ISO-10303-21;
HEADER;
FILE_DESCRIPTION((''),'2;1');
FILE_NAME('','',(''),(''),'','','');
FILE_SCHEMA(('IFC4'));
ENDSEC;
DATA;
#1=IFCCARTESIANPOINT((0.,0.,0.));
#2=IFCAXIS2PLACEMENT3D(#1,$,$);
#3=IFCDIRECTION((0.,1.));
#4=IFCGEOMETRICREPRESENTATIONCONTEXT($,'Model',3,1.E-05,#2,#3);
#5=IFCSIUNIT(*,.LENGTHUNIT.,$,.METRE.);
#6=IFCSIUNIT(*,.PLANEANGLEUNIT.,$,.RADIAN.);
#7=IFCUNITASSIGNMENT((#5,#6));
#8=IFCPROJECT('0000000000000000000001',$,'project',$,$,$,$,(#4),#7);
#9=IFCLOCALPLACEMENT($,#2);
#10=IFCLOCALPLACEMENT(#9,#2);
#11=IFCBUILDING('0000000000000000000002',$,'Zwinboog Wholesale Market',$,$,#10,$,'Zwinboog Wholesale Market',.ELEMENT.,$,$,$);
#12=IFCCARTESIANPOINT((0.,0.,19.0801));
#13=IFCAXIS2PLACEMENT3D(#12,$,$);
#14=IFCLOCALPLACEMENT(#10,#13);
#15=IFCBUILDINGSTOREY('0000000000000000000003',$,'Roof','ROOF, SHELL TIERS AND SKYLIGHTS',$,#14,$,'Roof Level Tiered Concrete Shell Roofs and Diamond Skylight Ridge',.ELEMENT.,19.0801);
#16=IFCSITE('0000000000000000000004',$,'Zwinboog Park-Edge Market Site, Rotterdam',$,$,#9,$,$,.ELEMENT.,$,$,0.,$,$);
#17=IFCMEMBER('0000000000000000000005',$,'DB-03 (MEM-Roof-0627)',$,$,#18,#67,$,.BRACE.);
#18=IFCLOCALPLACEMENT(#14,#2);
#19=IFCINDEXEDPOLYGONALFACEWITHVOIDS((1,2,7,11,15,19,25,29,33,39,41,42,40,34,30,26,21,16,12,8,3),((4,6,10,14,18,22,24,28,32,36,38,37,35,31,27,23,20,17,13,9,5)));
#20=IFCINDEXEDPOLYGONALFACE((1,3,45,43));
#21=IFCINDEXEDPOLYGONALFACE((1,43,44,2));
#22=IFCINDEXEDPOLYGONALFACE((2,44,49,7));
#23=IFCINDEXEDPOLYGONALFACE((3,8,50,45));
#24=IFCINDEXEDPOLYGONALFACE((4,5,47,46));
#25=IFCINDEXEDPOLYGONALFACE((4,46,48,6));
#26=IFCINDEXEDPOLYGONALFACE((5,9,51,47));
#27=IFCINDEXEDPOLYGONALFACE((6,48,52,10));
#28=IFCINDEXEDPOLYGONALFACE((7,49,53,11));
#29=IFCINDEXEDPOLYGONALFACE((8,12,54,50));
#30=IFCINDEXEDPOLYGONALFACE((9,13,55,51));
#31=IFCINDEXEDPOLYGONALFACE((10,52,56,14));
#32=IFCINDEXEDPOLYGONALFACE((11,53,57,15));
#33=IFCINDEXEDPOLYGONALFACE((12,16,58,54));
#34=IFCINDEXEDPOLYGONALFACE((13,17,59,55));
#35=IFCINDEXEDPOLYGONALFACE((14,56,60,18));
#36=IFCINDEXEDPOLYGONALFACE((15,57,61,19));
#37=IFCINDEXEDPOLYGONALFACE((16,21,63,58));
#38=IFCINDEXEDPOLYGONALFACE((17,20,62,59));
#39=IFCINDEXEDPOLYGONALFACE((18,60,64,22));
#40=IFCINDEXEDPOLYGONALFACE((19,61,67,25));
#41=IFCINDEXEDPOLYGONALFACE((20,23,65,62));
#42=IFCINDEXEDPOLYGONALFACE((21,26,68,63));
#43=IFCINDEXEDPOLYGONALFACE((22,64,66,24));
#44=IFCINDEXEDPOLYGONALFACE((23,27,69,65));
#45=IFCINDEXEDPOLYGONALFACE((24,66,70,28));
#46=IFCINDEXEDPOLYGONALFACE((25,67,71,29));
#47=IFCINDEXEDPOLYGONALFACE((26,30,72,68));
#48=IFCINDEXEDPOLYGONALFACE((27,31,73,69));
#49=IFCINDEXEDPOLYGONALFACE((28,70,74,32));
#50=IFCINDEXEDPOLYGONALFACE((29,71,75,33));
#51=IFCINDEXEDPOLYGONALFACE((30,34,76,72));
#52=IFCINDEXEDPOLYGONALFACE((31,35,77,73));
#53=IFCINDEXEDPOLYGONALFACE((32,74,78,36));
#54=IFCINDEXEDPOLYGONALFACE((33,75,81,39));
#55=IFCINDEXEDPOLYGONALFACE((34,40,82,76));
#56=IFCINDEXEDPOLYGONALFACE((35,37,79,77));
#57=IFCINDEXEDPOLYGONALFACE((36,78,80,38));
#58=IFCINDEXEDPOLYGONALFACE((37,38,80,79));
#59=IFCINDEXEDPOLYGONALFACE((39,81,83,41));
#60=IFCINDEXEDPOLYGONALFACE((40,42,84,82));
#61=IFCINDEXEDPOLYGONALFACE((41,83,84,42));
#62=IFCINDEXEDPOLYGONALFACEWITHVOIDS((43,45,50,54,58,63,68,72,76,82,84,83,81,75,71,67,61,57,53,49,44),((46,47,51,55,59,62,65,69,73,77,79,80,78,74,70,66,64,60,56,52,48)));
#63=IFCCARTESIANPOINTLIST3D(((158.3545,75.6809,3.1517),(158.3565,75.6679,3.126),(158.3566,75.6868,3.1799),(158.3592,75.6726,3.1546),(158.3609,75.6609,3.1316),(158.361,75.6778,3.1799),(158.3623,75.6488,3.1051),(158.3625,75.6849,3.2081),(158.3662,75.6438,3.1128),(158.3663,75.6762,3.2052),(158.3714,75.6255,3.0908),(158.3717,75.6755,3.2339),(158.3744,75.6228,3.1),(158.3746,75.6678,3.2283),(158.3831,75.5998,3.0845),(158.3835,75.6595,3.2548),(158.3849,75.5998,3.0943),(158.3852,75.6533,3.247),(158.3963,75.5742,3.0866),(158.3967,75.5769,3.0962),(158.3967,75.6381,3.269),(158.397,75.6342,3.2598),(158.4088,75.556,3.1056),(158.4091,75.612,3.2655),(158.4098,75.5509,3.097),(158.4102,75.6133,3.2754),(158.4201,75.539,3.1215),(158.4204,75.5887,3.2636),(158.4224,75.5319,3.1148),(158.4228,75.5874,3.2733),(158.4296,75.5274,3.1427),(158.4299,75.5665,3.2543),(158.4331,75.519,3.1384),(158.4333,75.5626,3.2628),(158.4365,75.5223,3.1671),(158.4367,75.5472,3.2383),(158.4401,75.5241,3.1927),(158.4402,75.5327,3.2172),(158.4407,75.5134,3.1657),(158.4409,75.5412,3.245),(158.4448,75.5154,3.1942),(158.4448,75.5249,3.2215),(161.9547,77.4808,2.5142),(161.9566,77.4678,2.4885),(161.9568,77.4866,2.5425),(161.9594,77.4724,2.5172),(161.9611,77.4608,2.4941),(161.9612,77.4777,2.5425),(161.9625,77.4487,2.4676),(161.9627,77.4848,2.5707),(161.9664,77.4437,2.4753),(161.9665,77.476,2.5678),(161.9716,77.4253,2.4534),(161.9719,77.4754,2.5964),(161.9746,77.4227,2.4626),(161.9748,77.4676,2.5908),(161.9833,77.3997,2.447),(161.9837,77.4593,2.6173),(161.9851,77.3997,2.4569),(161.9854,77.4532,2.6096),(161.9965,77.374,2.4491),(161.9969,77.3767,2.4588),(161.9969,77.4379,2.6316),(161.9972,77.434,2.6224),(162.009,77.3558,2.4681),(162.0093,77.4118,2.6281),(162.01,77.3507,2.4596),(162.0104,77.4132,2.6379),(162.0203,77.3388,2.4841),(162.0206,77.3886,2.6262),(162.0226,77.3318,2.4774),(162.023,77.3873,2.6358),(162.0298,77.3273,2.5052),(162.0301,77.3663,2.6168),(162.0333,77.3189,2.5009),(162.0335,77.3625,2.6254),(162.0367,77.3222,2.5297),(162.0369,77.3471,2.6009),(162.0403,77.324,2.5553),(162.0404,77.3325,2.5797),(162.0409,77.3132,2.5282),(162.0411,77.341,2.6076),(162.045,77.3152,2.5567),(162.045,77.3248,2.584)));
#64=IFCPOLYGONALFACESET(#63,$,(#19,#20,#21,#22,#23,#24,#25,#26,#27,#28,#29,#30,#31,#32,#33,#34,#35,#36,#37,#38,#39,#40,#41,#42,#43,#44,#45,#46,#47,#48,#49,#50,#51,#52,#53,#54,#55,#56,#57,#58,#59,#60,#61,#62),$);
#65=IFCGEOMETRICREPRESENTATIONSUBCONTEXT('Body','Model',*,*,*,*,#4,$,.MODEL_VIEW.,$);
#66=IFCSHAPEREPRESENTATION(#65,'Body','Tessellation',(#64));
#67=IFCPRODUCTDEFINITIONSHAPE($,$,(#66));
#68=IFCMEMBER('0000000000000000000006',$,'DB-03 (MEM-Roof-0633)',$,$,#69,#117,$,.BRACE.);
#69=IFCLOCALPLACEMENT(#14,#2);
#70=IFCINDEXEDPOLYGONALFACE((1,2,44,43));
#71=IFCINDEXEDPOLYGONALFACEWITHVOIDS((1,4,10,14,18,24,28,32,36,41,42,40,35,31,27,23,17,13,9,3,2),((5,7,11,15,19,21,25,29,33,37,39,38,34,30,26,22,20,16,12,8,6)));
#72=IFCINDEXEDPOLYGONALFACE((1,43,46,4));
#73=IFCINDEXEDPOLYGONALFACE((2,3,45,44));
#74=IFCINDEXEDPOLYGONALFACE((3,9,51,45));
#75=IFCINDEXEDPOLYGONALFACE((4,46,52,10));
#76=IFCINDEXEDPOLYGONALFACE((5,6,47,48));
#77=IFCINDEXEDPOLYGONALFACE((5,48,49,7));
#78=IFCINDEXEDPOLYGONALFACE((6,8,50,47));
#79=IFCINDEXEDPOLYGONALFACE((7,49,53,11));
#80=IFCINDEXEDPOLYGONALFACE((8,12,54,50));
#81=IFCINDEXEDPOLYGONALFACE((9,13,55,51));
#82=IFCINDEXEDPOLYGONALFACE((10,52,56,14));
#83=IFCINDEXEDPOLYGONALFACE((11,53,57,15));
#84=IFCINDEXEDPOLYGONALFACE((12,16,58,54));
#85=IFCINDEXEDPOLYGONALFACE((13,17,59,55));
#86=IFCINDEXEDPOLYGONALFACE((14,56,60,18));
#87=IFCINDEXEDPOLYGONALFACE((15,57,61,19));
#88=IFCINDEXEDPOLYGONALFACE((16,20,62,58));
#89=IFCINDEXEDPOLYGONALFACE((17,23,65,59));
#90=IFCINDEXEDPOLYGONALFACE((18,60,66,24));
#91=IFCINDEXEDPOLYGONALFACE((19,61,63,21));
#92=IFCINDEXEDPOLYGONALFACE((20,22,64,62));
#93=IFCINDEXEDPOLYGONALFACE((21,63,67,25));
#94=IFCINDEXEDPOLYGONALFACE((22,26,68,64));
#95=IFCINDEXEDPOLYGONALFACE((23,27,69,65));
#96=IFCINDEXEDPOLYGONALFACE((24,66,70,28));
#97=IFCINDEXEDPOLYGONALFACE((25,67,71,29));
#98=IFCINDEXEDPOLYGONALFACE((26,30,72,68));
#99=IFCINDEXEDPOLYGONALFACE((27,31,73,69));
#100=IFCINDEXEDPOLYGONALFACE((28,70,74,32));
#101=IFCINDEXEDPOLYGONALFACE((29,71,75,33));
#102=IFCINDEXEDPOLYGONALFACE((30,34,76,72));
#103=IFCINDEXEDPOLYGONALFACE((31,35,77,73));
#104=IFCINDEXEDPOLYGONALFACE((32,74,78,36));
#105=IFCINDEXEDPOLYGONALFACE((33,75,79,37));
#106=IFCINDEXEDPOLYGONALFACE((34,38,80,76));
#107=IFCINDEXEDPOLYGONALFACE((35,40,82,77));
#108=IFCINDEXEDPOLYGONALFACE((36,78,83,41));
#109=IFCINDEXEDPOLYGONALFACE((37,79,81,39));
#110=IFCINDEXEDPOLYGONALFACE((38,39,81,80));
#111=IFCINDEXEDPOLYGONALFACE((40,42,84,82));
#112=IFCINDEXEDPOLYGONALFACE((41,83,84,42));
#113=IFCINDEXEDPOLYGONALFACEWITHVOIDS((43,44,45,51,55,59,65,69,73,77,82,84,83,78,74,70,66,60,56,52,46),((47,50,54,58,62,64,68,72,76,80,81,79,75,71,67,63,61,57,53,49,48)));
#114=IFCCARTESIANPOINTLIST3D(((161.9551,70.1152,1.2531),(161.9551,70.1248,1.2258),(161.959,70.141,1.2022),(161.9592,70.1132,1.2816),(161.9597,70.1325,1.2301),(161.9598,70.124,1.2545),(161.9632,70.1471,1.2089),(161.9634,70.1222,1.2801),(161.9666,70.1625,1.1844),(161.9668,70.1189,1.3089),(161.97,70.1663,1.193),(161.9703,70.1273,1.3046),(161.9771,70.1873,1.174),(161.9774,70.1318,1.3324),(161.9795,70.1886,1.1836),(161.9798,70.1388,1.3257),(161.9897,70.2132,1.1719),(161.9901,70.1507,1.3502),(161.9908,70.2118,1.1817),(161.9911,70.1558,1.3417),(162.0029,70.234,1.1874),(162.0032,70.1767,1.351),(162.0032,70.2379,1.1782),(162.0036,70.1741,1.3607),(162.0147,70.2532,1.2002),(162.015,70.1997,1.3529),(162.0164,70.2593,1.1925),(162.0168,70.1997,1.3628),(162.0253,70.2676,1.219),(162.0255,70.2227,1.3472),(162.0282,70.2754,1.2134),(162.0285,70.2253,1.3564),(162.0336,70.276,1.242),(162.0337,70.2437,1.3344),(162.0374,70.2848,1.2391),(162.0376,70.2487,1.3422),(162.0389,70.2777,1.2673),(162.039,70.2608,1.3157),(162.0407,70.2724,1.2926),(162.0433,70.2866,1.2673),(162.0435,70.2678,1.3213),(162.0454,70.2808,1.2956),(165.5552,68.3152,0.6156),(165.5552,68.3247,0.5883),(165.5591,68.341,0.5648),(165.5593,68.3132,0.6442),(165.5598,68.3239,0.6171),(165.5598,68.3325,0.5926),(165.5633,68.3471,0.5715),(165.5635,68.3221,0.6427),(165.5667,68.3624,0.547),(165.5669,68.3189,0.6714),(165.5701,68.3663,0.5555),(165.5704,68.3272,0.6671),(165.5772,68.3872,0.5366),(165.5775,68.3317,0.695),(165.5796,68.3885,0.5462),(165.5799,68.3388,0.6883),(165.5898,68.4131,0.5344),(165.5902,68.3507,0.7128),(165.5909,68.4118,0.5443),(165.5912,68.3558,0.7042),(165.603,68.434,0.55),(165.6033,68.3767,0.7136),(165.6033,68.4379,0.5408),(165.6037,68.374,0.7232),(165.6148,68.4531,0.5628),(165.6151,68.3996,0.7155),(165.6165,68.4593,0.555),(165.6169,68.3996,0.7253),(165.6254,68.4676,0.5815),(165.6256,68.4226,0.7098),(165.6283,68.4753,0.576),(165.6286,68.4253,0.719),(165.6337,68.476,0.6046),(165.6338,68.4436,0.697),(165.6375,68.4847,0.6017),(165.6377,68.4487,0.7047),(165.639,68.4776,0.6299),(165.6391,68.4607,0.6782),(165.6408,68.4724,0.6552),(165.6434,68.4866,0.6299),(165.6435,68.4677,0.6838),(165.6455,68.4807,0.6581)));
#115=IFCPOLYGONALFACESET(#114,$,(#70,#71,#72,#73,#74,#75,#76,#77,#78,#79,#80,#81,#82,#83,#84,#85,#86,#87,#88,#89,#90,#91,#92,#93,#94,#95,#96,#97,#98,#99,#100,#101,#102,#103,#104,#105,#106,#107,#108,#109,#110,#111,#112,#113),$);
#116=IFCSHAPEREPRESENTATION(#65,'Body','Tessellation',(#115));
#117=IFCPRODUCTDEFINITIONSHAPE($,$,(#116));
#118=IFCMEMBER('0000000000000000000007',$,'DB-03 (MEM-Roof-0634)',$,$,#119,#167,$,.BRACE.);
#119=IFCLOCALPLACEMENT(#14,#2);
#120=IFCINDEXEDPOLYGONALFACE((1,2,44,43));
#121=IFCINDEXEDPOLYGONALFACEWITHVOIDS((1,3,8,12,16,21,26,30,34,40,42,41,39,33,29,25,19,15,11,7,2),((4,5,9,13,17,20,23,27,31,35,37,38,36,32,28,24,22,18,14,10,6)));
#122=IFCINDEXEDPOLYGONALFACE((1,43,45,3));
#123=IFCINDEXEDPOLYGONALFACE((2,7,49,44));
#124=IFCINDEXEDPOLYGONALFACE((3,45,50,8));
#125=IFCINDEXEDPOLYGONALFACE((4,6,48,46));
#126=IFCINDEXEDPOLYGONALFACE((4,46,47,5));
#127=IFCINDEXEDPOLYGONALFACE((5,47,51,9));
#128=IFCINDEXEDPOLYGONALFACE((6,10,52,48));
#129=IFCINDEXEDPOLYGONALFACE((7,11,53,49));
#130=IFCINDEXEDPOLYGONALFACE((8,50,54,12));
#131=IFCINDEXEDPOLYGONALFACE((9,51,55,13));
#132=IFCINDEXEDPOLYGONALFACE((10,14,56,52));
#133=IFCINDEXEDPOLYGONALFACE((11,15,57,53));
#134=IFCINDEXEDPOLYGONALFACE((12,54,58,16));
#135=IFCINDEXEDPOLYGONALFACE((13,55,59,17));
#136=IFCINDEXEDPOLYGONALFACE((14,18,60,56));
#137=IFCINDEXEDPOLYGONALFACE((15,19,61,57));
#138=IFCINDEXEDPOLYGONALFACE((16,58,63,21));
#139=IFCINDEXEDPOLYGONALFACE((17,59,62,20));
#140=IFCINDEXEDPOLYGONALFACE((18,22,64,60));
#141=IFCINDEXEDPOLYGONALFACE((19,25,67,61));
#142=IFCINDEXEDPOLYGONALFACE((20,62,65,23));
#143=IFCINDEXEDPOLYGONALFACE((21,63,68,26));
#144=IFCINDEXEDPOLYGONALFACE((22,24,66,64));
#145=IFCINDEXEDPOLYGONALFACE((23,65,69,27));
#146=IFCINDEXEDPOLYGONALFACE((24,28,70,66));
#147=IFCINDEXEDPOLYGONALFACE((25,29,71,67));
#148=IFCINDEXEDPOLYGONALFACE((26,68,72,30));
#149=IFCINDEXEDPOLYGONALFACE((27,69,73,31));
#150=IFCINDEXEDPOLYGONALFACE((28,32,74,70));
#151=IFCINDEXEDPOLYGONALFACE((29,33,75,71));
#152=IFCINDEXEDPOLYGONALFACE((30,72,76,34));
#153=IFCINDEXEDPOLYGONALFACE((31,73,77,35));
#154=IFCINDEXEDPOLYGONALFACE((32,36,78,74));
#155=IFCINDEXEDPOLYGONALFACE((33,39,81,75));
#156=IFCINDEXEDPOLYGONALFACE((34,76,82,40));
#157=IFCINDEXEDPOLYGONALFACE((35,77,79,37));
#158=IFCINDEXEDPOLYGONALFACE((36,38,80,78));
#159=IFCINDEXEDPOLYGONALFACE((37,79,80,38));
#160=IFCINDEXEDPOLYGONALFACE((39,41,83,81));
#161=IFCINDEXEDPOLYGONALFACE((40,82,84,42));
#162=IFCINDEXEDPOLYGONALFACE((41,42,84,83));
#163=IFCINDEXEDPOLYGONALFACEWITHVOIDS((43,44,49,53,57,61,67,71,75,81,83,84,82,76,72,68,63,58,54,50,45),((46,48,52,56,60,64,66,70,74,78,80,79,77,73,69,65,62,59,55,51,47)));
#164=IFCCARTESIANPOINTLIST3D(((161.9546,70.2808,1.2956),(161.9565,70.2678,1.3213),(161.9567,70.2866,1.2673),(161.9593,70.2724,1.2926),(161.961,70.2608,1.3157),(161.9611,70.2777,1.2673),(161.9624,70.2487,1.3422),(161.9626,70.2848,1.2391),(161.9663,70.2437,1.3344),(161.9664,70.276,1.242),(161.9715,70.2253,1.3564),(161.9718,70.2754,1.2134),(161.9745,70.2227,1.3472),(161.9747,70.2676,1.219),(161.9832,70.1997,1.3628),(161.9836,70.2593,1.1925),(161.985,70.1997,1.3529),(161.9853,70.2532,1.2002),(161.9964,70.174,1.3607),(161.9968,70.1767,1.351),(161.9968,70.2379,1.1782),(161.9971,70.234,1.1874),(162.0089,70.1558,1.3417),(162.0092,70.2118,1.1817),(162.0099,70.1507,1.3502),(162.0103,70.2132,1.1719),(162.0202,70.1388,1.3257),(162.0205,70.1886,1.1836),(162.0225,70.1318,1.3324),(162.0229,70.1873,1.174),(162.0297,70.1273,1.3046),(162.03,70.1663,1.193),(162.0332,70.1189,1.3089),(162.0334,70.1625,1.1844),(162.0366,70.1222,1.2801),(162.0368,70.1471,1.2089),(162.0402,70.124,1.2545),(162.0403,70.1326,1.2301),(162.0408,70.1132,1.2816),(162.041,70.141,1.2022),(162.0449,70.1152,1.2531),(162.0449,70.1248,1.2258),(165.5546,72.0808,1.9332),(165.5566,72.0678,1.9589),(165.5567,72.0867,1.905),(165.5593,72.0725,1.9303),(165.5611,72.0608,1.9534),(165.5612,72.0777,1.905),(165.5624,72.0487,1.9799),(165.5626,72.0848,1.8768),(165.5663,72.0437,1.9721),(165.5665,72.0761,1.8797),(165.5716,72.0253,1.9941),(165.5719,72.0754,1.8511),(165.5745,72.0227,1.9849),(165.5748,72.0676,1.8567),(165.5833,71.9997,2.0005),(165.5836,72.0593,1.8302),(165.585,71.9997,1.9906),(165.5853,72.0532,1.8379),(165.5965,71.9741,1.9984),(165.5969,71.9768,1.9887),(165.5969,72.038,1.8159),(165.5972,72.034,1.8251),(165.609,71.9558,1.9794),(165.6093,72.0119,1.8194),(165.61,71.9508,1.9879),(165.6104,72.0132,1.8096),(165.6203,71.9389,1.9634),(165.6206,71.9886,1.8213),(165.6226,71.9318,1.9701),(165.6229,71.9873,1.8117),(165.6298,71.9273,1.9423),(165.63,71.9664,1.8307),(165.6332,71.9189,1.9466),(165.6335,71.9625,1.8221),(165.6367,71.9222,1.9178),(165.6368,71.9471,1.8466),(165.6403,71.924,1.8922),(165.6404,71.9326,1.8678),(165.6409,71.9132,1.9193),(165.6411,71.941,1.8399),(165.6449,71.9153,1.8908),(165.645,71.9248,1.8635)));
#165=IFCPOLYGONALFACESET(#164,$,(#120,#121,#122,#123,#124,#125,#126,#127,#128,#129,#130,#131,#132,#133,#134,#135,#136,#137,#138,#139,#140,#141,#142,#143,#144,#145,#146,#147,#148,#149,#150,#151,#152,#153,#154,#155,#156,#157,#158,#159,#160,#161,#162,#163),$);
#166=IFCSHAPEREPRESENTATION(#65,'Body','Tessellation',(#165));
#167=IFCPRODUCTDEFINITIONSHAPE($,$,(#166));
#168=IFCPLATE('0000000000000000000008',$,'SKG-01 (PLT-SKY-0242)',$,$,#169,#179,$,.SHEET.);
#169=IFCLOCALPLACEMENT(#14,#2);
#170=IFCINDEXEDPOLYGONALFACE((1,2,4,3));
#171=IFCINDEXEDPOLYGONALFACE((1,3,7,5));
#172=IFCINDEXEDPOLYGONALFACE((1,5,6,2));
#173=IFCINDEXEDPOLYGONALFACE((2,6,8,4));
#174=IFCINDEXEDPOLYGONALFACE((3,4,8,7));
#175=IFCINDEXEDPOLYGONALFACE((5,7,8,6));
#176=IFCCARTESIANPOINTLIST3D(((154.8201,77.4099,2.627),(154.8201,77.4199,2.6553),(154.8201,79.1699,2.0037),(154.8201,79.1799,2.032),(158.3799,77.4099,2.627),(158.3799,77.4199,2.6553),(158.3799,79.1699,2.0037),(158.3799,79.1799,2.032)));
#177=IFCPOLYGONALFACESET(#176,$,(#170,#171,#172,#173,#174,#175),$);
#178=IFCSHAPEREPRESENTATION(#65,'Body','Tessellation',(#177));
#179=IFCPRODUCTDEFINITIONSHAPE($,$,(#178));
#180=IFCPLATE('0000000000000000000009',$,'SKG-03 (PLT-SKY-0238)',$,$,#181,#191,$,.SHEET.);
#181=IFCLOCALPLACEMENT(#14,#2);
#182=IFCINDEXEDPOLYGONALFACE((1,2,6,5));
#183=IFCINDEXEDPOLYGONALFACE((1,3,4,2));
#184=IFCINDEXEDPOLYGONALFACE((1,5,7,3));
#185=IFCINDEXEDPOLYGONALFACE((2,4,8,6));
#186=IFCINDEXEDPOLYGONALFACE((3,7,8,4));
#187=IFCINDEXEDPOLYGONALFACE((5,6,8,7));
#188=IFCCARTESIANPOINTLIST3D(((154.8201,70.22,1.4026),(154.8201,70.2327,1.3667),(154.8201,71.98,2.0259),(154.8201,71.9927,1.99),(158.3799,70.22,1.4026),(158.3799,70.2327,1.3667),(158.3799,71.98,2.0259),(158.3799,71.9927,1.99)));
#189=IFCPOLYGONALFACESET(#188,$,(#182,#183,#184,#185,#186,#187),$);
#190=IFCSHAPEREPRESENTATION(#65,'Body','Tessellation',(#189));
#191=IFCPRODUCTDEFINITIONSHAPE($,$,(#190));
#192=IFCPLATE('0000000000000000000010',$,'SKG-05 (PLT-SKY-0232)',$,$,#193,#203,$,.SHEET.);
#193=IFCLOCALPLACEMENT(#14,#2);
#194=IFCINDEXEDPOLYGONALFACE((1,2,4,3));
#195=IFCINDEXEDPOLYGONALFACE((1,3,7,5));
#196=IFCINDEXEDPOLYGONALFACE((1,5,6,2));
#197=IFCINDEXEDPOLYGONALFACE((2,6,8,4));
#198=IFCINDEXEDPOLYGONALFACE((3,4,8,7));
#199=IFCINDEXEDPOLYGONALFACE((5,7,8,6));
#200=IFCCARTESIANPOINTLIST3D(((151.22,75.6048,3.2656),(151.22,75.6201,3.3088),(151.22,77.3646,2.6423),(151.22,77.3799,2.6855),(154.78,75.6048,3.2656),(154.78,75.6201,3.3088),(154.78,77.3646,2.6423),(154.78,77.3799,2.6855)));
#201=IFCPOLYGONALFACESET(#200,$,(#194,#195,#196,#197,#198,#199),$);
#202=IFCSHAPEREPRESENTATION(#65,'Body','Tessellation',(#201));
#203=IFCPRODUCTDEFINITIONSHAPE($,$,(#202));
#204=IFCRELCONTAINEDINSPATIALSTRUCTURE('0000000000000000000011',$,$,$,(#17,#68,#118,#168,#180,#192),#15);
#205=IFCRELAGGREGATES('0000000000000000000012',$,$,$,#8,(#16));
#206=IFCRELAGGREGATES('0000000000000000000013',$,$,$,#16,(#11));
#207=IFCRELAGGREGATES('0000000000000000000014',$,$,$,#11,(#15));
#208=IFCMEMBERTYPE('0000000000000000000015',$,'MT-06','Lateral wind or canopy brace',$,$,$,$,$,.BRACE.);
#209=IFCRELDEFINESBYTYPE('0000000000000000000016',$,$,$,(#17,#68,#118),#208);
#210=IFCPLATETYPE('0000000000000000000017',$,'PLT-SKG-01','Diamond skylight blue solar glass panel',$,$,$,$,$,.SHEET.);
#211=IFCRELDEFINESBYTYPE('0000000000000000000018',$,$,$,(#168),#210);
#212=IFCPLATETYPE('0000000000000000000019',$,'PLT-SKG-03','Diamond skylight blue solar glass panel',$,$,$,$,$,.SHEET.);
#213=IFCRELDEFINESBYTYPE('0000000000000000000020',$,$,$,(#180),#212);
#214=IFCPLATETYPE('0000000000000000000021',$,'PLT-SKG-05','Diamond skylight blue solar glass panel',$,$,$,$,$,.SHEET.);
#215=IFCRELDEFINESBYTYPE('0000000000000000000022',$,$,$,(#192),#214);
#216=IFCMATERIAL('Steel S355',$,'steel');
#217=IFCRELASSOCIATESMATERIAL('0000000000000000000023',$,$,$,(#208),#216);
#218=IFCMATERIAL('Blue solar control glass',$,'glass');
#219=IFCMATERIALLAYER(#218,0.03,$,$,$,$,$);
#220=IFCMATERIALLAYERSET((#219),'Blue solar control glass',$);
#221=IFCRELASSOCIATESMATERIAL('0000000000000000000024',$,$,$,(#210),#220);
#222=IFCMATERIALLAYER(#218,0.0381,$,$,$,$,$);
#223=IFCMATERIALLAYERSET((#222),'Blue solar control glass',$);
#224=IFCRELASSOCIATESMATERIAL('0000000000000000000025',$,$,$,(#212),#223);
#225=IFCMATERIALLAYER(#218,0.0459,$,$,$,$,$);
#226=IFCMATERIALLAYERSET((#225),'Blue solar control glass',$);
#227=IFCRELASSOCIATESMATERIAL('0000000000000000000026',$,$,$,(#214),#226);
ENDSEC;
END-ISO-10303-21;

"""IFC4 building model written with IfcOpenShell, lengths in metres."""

from ifc_helpers import new_model, si_unit, direction, frame, origin, origin_2d, place, context, subcontext, project, spatial, polyline, hollow_circle, outline, extrude, material, layer, layer_set, material_profile, profile_set, type_object, element, save


model = new_model("IFC4")

# Units and contexts
model_context = context("Model", 3, precision=1e-05, world=origin(), true_north=direction((0.0, 1.0)))
body_context = subcontext(model_context, "Body", "Model", "MODEL_VIEW")
ifc_project = project(units=[si_unit("LENGTHUNIT", "METRE"), si_unit("PLANEANGLEUNIT", "RADIAN")], contexts=[model_context])

# Site, building, storey
site_placement = place(None, origin())
site = spatial("IfcSite", under=ifc_project, at=site_placement, Name="Zwinboog Park-Edge Market Site, Rotterdam", CompositionType="ELEMENT", RefElevation=0.0)
building_placement = place(site_placement, origin())
building = spatial("IfcBuilding", under=site, at=building_placement, Name="Zwinboog Wholesale Market", LongName="Zwinboog Wholesale Market", CompositionType="ELEMENT")
storey_placement = place(building_placement, frame((0.0, 0.0, 19.0801)))
storey = spatial("IfcBuildingStorey", under=building, at=storey_placement, Name="Roof", Description="ROOF, SHELL TIERS AND SKYLIGHTS", LongName="Roof Level Tiered Concrete Shell Roofs and Diamond Skylight Ridge", CompositionType="ELEMENT", Elevation=19.0801)

# Members
ifc_material_1 = material(Name="Steel S355", Category="steel")
ifc_material_profile_1 = material_profile(ifc_material_1, hollow_circle(Radius=0.0969, WallThickness=0.01, at=origin_2d()), Name="CHS 193.7x10")
ifc_profile_set_1 = profile_set([ifc_material_profile_1], Name="Steel S355")
member_type_1 = type_object("IfcMemberType", Name="MT-06", Description="Lateral wind or canopy brace", PredefinedType="BRACE", material=ifc_profile_set_1)
for number, where, z_axis, x_axis, name in (
    (1, (158.3999, 75.6001, 3.1799), (0.88344, 0.44166, -0.156426), (-0.447165, 0.894451, 0.0), "DB-03 (MEM-Roof-0627)"),
    (2, (162.0, 70.2, 1.2673), (0.883417, -0.441709, -0.156422), (0.447214, 0.894427, 0.0), "DB-03 (MEM-Roof-0633)"),
    (3, (162.0, 70.2, 1.2673), (0.883409, 0.441704, 0.156481), (-0.447214, 0.894427, 0.0), "DB-03 (MEM-Roof-0634)"),
):
    element("IfcMember", number, at=place(storey_placement, frame(where, z_axis=z_axis, x_axis=x_axis)), inside=storey, type_object=member_type_1, Name=name, PredefinedType="BRACE", context=body_context, shape_type="SweptSolid", body=[
        extrude(hollow_circle(Radius=0.0969, WallThickness=0.01, at=origin_2d()), origin(), (0.0, 0.0, 1.0), 4.0752),
    ])

# Plates
ifc_material_2 = material(Name="Blue solar control glass", Category="glass")
ifc_layer_1 = layer(ifc_material_2, 0.03)
ifc_layer_set_1 = layer_set([ifc_layer_1], Name="Blue solar control glass")
plate_type_1 = type_object("IfcPlateType", Name="PLT-SKG-01", Description="Diamond skylight blue solar glass panel", PredefinedType="SHEET", material=ifc_layer_set_1)
plate_1_placement = place(storey_placement, frame((154.8201, 77.4199, 2.6553), z_axis=(0.0, 0.333825, 0.942635), x_axis=(1.0, 0.0, 0.0)))
element("IfcPlate", 4, at=plate_1_placement, inside=storey, type_object=plate_type_1, Name="SKG-01 (PLT-SKY-0242)", PredefinedType="SHEET", context=body_context, shape_type="SweptSolid", body=[
    extrude(outline(polyline([(0.0, 0.0), (3.5598, 0.0), (3.5598, 1.8671), (0.0, 1.8671), (0.0, 0.0)])), origin(), (0.0, 0.0, -1.0), 0.03),
])
ifc_layer_2 = layer(ifc_material_2, 0.0381)
ifc_layer_set_2 = layer_set([ifc_layer_2], Name="Blue solar control glass")
plate_type_2 = type_object("IfcPlateType", Name="PLT-SKG-03", Description="Diamond skylight blue solar glass panel", PredefinedType="SHEET", material=ifc_layer_set_2)
plate_2_placement = place(storey_placement, frame((154.8201, 70.22, 1.4026), z_axis=(0.0, -0.333825, 0.942635), x_axis=(1.0, 0.0, 0.0)))
element("IfcPlate", 5, at=plate_2_placement, inside=storey, type_object=plate_type_2, Name="SKG-03 (PLT-SKY-0238)", PredefinedType="SHEET", context=body_context, shape_type="SweptSolid", body=[
    extrude(outline(polyline([(0.0, 0.0), (3.5598, 0.0), (3.5598, 1.8671), (0.0, 1.8671), (0.0, 0.0)])), origin(), (0.0, 0.0, -1.0), 0.0381),
])
ifc_layer_3 = layer(ifc_material_2, 0.0459)
ifc_layer_set_3 = layer_set([ifc_layer_3], Name="Blue solar control glass")
plate_type_3 = type_object("IfcPlateType", Name="PLT-SKG-05", Description="Diamond skylight blue solar glass panel", PredefinedType="SHEET", material=ifc_layer_set_3)
plate_3_placement = place(storey_placement, frame((151.22, 75.6201, 3.3088), z_axis=(0.0, 0.333867, 0.94262), x_axis=(1.0, 0.0, 0.0)))
element("IfcPlate", 6, at=plate_3_placement, inside=storey, type_object=plate_type_3, Name="SKG-05 (PLT-SKY-0232)", PredefinedType="SHEET", context=body_context, shape_type="SweptSolid", body=[
    extrude(outline(polyline([(0.0, 0.0), (3.5601, 0.0), (3.5601, 1.8669), (0.0, 1.8669), (0.0, 0.0)])), origin(), (0.0, 0.0, -1.0), 0.0459),
])

save(model, "model.ifc")
